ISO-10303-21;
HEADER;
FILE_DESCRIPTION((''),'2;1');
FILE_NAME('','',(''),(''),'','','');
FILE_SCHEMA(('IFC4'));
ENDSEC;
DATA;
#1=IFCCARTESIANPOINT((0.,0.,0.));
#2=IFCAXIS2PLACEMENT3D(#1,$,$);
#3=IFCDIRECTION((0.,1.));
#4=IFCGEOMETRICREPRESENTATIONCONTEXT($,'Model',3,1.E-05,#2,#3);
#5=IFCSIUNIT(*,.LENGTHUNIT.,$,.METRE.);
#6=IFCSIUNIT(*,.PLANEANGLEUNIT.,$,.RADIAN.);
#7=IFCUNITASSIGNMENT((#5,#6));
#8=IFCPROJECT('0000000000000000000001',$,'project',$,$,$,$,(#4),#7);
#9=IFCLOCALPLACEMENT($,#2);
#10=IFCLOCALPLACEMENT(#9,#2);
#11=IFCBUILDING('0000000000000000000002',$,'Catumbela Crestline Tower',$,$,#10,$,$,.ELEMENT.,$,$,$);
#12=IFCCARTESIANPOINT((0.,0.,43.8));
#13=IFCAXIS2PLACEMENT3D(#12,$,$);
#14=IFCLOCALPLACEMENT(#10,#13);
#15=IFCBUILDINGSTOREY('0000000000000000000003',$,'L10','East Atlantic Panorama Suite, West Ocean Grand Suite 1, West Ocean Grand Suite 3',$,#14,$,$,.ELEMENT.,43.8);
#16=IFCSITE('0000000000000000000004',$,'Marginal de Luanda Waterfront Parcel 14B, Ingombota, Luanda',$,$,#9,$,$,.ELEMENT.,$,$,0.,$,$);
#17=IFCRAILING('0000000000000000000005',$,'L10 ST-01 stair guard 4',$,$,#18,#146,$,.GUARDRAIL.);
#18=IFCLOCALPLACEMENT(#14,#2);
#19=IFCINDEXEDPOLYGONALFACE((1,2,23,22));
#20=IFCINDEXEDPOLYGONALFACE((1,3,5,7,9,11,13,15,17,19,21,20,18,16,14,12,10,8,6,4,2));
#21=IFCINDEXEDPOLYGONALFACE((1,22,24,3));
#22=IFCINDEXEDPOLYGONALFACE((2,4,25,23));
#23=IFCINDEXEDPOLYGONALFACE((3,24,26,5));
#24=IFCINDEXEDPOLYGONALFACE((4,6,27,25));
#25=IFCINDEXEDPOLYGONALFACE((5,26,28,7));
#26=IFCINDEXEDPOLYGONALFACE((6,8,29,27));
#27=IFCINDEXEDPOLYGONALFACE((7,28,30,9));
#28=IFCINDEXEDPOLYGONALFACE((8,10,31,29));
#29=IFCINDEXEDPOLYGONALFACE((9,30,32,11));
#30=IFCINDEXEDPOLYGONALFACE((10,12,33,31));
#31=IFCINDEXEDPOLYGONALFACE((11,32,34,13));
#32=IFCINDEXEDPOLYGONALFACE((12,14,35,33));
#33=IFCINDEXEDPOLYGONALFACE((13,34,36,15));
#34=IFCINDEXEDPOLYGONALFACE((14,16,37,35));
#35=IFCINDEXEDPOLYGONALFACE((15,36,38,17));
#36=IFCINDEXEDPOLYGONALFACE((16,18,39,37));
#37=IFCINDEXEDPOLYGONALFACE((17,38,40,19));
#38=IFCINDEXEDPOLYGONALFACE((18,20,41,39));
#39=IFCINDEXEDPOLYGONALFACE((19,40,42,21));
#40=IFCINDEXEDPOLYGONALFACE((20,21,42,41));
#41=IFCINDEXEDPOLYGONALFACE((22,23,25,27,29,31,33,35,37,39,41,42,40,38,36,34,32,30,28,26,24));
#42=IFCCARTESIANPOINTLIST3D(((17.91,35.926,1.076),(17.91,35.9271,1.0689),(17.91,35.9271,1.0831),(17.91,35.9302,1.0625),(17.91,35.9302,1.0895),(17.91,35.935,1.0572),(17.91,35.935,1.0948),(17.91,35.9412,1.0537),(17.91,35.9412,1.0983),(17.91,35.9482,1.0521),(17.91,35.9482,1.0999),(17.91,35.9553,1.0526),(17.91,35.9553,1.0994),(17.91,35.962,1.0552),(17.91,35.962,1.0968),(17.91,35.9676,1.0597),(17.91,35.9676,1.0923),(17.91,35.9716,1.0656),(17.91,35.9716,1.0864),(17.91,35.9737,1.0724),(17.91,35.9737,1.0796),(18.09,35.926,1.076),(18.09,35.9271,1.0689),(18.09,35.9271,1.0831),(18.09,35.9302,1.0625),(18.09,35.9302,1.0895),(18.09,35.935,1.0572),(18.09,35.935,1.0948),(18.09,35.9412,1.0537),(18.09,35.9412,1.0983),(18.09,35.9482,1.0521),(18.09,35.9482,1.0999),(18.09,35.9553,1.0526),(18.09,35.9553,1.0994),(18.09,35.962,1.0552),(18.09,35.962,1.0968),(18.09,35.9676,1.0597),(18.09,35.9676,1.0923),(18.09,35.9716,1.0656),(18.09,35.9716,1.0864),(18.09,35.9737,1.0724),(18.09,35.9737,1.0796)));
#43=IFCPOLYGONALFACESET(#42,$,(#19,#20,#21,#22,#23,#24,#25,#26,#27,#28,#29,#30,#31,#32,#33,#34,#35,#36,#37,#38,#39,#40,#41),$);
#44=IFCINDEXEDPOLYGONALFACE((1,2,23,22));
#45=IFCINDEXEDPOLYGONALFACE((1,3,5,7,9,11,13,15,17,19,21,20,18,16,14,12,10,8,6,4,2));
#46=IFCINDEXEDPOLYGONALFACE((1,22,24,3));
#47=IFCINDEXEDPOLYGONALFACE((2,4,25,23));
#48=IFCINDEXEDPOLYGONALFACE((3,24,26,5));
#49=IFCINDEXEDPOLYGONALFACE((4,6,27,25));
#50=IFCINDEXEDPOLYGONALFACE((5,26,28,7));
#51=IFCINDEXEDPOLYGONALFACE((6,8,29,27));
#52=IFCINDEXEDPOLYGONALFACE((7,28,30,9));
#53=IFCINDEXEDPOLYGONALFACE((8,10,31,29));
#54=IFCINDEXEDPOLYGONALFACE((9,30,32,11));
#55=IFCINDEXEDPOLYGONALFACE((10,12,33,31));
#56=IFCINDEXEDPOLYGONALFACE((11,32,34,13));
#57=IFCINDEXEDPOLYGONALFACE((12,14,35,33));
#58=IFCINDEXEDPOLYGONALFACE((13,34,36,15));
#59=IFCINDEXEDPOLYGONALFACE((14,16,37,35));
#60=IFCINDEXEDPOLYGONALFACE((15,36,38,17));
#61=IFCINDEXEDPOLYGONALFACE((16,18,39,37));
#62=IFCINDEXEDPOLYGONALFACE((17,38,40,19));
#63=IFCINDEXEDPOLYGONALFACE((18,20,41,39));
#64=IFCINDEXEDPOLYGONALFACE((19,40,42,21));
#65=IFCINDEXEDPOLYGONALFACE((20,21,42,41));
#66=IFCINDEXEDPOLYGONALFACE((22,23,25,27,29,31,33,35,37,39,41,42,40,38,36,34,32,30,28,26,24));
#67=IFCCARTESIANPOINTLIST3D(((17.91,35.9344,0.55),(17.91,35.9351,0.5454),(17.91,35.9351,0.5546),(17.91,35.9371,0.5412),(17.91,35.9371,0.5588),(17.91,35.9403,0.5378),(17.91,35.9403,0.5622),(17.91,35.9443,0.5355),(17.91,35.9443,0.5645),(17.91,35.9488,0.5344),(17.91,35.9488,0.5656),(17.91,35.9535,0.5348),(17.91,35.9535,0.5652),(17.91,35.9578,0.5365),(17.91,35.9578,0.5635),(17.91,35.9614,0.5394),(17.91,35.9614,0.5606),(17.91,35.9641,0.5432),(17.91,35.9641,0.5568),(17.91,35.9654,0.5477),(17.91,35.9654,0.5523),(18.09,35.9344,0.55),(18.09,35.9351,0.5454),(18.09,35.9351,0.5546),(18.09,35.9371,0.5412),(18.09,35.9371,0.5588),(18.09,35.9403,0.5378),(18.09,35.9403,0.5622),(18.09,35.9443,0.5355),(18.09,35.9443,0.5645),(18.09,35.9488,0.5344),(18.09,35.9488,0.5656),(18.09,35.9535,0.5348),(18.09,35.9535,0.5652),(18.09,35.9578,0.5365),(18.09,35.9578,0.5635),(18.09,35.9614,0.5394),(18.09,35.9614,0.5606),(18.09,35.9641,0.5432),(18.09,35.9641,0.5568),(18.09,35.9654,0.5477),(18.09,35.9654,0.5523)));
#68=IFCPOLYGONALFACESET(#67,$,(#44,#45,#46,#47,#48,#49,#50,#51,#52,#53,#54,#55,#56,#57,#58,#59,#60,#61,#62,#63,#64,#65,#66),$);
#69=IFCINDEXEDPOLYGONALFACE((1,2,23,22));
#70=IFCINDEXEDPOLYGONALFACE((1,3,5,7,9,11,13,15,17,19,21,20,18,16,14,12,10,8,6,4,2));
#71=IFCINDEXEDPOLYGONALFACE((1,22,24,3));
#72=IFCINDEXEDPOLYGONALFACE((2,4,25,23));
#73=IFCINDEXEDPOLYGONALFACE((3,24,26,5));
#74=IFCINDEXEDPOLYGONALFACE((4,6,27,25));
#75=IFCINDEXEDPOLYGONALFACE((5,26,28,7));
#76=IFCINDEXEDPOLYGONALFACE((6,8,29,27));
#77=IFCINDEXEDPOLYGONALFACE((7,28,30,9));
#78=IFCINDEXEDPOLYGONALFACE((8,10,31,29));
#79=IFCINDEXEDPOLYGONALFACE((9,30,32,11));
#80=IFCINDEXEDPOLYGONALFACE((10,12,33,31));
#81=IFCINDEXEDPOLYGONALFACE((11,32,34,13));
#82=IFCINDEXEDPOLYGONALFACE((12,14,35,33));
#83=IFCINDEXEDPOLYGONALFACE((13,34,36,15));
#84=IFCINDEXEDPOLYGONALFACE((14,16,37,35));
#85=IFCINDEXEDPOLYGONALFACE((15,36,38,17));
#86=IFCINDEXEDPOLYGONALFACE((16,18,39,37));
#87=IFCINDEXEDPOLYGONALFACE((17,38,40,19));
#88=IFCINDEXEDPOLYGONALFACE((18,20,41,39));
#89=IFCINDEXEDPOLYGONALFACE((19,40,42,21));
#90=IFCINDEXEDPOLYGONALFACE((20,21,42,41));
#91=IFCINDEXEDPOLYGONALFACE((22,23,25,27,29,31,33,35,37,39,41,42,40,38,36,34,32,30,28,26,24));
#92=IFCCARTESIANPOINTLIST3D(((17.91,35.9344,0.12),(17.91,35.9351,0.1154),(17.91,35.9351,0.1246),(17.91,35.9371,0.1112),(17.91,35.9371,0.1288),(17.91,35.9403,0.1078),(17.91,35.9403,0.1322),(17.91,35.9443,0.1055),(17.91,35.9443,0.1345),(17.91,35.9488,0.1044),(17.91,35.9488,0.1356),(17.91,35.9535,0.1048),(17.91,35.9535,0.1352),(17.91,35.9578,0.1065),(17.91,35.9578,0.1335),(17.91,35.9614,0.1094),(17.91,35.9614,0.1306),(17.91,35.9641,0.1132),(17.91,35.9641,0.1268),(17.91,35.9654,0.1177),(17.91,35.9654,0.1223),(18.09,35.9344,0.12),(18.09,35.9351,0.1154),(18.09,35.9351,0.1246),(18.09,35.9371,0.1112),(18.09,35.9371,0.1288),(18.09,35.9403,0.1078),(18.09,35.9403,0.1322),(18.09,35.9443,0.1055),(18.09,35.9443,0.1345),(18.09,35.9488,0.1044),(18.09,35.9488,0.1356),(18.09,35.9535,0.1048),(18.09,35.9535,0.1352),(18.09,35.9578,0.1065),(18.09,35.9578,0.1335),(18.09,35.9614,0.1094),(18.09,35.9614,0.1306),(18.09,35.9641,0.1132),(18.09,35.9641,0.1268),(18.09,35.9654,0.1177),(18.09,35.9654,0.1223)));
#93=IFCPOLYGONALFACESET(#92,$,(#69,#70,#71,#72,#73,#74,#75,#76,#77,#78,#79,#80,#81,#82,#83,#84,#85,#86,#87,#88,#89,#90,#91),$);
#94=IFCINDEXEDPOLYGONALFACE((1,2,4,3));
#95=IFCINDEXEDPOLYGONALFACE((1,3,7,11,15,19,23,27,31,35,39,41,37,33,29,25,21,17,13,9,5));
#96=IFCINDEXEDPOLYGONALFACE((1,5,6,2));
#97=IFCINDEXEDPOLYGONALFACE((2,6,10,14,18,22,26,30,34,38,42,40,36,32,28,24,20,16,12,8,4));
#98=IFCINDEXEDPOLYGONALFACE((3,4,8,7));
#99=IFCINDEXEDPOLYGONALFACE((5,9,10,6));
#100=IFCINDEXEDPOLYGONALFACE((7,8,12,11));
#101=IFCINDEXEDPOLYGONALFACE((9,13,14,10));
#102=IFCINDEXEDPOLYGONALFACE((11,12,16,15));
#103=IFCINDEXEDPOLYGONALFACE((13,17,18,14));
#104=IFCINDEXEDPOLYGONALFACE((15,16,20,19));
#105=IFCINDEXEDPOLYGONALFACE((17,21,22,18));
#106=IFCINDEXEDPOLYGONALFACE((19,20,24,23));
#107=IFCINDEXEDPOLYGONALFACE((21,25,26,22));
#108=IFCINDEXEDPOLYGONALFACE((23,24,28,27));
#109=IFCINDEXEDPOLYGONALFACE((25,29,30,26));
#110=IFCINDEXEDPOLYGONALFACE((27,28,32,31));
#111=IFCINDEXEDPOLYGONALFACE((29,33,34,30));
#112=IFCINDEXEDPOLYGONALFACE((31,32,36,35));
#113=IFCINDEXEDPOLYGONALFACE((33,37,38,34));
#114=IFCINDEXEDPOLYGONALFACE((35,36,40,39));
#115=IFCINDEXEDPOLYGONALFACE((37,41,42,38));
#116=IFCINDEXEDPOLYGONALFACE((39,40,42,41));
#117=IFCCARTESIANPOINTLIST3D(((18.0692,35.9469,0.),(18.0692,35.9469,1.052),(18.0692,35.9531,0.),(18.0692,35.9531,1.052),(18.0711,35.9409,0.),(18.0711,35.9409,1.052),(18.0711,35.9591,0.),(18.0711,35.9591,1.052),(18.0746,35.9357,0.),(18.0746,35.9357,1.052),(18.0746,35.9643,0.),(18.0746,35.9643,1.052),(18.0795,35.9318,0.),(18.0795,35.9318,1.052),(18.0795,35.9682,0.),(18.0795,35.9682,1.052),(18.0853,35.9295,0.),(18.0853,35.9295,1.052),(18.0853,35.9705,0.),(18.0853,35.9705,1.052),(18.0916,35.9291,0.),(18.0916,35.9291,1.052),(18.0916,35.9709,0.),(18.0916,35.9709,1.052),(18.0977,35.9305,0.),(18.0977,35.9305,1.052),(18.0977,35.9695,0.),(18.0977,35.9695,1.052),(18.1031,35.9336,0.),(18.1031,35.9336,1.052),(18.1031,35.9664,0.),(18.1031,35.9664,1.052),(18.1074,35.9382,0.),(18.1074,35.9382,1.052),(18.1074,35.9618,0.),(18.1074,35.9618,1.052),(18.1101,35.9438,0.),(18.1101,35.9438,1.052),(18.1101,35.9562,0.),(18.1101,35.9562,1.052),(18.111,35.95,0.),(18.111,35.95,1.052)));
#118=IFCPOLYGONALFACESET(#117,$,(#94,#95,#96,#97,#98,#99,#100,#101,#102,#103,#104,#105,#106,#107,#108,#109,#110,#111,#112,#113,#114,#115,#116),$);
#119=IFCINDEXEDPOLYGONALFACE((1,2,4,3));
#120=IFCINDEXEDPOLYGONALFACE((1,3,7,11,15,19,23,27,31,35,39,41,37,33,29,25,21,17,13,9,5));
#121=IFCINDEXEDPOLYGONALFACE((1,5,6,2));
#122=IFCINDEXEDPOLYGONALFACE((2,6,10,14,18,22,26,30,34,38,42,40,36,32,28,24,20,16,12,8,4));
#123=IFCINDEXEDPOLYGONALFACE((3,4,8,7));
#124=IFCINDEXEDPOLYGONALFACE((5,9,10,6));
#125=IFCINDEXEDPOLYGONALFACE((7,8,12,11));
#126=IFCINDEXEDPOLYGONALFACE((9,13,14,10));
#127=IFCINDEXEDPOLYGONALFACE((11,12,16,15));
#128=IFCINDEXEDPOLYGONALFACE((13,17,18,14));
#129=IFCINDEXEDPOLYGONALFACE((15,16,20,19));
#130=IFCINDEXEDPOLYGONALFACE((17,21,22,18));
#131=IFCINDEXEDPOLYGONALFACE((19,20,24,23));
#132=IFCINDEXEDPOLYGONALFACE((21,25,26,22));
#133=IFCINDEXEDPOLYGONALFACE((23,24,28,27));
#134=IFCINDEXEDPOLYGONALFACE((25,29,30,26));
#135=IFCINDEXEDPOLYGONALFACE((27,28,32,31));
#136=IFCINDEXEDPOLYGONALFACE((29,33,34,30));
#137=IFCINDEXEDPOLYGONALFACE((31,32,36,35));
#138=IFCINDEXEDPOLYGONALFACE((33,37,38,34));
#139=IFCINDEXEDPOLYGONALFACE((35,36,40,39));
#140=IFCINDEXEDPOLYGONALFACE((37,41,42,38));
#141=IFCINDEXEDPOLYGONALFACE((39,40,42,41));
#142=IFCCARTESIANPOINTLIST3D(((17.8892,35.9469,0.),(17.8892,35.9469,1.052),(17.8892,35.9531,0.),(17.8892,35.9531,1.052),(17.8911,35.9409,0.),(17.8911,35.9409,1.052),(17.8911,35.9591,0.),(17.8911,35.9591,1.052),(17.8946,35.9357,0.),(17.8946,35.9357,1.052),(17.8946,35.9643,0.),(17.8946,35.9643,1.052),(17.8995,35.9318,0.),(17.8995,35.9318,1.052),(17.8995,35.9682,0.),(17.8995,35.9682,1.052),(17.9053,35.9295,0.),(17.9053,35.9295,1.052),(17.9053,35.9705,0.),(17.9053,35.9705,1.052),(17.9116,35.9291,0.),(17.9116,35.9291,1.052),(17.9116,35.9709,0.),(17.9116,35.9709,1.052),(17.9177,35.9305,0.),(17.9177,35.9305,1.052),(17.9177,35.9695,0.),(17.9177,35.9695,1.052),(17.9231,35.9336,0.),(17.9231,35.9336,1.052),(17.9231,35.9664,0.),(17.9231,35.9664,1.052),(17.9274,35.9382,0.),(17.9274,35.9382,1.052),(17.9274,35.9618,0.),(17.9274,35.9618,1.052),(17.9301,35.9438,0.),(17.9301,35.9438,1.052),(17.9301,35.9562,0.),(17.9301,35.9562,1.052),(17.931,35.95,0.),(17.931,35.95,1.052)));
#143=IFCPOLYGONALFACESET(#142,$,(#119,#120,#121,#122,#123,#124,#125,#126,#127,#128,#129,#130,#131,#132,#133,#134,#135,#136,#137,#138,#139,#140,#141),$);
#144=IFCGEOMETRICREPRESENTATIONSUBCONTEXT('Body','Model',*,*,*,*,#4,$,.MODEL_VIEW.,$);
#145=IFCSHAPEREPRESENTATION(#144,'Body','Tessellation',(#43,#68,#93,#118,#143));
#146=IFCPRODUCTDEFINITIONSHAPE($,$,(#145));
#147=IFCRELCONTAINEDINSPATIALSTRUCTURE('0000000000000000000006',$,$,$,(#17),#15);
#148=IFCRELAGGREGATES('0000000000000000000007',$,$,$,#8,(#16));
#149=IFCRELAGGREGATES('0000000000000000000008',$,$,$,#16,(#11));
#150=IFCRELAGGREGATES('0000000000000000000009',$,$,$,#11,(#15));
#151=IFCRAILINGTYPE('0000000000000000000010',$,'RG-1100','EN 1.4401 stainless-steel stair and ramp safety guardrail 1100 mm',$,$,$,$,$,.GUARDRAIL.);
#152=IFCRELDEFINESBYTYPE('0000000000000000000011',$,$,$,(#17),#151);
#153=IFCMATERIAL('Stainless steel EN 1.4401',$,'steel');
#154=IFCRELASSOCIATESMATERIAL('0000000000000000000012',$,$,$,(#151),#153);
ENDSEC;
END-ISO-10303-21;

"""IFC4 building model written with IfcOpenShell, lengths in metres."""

from ifc_helpers import new_model, si_unit, direction, frame, origin, origin_2d, place, context, subcontext, project, spatial, circle, extrude, material, type_object, element, save


model = new_model("IFC4")

# Units and contexts
model_context = context("Model", 3, precision=1e-05, world=origin(), true_north=direction((0.0, 1.0)))
body_context = subcontext(model_context, "Body", "Model", "MODEL_VIEW")
ifc_project = project(units=[si_unit("LENGTHUNIT", "METRE"), si_unit("PLANEANGLEUNIT", "RADIAN")], contexts=[model_context])

# Site, building, storey
site_placement = place(None, origin())
site = spatial("IfcSite", under=ifc_project, at=site_placement, Name="Marginal de Luanda Waterfront Parcel 14B, Ingombota, Luanda", CompositionType="ELEMENT", RefElevation=0.0)
building_placement = place(site_placement, origin())
building = spatial("IfcBuilding", under=site, at=building_placement, Name="Catumbela Crestline Tower", CompositionType="ELEMENT")
storey_placement = place(building_placement, frame((0.0, 0.0, 43.8)))
storey = spatial("IfcBuildingStorey", under=building, at=storey_placement, Name="L10", Description="East Atlantic Panorama Suite, West Ocean Grand Suite 1, West Ocean Grand Suite 3", CompositionType="ELEMENT", Elevation=43.8)

# Shared definitions
ifc_material_1 = material(Name="Stainless steel EN 1.4401", Category="steel")

# Railing
railing_type_1 = type_object("IfcRailingType", Name="RG-1100", Description="EN 1.4401 stainless-steel stair and ramp safety guardrail 1100 mm", PredefinedType="GUARDRAIL", material=ifc_material_1)
railing_1_placement = place(storey_placement, frame((18.09, 35.95, 0.0)))
element("IfcRailing", 1, at=railing_1_placement, inside=storey, type_object=railing_type_1, Name="L10 ST-01 stair guard 4", PredefinedType="GUARDRAIL", context=body_context, shape_type="SweptSolid", body=[
    extrude(circle(Radius=0.024, at=origin_2d()), frame((0.0, 0.0, 1.076), z_axis=(-1.0, 0.0, 0.0), x_axis=(0.0, -1.0, 0.0)), (0.0, 0.0, 1.0), 0.18),
    extrude(circle(Radius=0.0156, at=origin_2d()), frame((0.0, 0.0, 0.55), z_axis=(-1.0, 0.0, 0.0), x_axis=(0.0, -1.0, 0.0)), (0.0, 0.0, 1.0), 0.18),
    extrude(circle(Radius=0.0156, at=origin_2d()), frame((0.0, 0.0, 0.12), z_axis=(-1.0, 0.0, 0.0), x_axis=(0.0, -1.0, 0.0)), (0.0, 0.0, 1.0), 0.18),
    extrude(circle(Radius=0.021, at=origin_2d()), origin(), (0.0, 0.0, 1.0), 1.052),
    extrude(circle(Radius=0.021, at=origin_2d()), frame((-0.18, 0.0, 0.0)), (0.0, 0.0, 1.0), 1.052),
])

save(model, "model.ifc")
